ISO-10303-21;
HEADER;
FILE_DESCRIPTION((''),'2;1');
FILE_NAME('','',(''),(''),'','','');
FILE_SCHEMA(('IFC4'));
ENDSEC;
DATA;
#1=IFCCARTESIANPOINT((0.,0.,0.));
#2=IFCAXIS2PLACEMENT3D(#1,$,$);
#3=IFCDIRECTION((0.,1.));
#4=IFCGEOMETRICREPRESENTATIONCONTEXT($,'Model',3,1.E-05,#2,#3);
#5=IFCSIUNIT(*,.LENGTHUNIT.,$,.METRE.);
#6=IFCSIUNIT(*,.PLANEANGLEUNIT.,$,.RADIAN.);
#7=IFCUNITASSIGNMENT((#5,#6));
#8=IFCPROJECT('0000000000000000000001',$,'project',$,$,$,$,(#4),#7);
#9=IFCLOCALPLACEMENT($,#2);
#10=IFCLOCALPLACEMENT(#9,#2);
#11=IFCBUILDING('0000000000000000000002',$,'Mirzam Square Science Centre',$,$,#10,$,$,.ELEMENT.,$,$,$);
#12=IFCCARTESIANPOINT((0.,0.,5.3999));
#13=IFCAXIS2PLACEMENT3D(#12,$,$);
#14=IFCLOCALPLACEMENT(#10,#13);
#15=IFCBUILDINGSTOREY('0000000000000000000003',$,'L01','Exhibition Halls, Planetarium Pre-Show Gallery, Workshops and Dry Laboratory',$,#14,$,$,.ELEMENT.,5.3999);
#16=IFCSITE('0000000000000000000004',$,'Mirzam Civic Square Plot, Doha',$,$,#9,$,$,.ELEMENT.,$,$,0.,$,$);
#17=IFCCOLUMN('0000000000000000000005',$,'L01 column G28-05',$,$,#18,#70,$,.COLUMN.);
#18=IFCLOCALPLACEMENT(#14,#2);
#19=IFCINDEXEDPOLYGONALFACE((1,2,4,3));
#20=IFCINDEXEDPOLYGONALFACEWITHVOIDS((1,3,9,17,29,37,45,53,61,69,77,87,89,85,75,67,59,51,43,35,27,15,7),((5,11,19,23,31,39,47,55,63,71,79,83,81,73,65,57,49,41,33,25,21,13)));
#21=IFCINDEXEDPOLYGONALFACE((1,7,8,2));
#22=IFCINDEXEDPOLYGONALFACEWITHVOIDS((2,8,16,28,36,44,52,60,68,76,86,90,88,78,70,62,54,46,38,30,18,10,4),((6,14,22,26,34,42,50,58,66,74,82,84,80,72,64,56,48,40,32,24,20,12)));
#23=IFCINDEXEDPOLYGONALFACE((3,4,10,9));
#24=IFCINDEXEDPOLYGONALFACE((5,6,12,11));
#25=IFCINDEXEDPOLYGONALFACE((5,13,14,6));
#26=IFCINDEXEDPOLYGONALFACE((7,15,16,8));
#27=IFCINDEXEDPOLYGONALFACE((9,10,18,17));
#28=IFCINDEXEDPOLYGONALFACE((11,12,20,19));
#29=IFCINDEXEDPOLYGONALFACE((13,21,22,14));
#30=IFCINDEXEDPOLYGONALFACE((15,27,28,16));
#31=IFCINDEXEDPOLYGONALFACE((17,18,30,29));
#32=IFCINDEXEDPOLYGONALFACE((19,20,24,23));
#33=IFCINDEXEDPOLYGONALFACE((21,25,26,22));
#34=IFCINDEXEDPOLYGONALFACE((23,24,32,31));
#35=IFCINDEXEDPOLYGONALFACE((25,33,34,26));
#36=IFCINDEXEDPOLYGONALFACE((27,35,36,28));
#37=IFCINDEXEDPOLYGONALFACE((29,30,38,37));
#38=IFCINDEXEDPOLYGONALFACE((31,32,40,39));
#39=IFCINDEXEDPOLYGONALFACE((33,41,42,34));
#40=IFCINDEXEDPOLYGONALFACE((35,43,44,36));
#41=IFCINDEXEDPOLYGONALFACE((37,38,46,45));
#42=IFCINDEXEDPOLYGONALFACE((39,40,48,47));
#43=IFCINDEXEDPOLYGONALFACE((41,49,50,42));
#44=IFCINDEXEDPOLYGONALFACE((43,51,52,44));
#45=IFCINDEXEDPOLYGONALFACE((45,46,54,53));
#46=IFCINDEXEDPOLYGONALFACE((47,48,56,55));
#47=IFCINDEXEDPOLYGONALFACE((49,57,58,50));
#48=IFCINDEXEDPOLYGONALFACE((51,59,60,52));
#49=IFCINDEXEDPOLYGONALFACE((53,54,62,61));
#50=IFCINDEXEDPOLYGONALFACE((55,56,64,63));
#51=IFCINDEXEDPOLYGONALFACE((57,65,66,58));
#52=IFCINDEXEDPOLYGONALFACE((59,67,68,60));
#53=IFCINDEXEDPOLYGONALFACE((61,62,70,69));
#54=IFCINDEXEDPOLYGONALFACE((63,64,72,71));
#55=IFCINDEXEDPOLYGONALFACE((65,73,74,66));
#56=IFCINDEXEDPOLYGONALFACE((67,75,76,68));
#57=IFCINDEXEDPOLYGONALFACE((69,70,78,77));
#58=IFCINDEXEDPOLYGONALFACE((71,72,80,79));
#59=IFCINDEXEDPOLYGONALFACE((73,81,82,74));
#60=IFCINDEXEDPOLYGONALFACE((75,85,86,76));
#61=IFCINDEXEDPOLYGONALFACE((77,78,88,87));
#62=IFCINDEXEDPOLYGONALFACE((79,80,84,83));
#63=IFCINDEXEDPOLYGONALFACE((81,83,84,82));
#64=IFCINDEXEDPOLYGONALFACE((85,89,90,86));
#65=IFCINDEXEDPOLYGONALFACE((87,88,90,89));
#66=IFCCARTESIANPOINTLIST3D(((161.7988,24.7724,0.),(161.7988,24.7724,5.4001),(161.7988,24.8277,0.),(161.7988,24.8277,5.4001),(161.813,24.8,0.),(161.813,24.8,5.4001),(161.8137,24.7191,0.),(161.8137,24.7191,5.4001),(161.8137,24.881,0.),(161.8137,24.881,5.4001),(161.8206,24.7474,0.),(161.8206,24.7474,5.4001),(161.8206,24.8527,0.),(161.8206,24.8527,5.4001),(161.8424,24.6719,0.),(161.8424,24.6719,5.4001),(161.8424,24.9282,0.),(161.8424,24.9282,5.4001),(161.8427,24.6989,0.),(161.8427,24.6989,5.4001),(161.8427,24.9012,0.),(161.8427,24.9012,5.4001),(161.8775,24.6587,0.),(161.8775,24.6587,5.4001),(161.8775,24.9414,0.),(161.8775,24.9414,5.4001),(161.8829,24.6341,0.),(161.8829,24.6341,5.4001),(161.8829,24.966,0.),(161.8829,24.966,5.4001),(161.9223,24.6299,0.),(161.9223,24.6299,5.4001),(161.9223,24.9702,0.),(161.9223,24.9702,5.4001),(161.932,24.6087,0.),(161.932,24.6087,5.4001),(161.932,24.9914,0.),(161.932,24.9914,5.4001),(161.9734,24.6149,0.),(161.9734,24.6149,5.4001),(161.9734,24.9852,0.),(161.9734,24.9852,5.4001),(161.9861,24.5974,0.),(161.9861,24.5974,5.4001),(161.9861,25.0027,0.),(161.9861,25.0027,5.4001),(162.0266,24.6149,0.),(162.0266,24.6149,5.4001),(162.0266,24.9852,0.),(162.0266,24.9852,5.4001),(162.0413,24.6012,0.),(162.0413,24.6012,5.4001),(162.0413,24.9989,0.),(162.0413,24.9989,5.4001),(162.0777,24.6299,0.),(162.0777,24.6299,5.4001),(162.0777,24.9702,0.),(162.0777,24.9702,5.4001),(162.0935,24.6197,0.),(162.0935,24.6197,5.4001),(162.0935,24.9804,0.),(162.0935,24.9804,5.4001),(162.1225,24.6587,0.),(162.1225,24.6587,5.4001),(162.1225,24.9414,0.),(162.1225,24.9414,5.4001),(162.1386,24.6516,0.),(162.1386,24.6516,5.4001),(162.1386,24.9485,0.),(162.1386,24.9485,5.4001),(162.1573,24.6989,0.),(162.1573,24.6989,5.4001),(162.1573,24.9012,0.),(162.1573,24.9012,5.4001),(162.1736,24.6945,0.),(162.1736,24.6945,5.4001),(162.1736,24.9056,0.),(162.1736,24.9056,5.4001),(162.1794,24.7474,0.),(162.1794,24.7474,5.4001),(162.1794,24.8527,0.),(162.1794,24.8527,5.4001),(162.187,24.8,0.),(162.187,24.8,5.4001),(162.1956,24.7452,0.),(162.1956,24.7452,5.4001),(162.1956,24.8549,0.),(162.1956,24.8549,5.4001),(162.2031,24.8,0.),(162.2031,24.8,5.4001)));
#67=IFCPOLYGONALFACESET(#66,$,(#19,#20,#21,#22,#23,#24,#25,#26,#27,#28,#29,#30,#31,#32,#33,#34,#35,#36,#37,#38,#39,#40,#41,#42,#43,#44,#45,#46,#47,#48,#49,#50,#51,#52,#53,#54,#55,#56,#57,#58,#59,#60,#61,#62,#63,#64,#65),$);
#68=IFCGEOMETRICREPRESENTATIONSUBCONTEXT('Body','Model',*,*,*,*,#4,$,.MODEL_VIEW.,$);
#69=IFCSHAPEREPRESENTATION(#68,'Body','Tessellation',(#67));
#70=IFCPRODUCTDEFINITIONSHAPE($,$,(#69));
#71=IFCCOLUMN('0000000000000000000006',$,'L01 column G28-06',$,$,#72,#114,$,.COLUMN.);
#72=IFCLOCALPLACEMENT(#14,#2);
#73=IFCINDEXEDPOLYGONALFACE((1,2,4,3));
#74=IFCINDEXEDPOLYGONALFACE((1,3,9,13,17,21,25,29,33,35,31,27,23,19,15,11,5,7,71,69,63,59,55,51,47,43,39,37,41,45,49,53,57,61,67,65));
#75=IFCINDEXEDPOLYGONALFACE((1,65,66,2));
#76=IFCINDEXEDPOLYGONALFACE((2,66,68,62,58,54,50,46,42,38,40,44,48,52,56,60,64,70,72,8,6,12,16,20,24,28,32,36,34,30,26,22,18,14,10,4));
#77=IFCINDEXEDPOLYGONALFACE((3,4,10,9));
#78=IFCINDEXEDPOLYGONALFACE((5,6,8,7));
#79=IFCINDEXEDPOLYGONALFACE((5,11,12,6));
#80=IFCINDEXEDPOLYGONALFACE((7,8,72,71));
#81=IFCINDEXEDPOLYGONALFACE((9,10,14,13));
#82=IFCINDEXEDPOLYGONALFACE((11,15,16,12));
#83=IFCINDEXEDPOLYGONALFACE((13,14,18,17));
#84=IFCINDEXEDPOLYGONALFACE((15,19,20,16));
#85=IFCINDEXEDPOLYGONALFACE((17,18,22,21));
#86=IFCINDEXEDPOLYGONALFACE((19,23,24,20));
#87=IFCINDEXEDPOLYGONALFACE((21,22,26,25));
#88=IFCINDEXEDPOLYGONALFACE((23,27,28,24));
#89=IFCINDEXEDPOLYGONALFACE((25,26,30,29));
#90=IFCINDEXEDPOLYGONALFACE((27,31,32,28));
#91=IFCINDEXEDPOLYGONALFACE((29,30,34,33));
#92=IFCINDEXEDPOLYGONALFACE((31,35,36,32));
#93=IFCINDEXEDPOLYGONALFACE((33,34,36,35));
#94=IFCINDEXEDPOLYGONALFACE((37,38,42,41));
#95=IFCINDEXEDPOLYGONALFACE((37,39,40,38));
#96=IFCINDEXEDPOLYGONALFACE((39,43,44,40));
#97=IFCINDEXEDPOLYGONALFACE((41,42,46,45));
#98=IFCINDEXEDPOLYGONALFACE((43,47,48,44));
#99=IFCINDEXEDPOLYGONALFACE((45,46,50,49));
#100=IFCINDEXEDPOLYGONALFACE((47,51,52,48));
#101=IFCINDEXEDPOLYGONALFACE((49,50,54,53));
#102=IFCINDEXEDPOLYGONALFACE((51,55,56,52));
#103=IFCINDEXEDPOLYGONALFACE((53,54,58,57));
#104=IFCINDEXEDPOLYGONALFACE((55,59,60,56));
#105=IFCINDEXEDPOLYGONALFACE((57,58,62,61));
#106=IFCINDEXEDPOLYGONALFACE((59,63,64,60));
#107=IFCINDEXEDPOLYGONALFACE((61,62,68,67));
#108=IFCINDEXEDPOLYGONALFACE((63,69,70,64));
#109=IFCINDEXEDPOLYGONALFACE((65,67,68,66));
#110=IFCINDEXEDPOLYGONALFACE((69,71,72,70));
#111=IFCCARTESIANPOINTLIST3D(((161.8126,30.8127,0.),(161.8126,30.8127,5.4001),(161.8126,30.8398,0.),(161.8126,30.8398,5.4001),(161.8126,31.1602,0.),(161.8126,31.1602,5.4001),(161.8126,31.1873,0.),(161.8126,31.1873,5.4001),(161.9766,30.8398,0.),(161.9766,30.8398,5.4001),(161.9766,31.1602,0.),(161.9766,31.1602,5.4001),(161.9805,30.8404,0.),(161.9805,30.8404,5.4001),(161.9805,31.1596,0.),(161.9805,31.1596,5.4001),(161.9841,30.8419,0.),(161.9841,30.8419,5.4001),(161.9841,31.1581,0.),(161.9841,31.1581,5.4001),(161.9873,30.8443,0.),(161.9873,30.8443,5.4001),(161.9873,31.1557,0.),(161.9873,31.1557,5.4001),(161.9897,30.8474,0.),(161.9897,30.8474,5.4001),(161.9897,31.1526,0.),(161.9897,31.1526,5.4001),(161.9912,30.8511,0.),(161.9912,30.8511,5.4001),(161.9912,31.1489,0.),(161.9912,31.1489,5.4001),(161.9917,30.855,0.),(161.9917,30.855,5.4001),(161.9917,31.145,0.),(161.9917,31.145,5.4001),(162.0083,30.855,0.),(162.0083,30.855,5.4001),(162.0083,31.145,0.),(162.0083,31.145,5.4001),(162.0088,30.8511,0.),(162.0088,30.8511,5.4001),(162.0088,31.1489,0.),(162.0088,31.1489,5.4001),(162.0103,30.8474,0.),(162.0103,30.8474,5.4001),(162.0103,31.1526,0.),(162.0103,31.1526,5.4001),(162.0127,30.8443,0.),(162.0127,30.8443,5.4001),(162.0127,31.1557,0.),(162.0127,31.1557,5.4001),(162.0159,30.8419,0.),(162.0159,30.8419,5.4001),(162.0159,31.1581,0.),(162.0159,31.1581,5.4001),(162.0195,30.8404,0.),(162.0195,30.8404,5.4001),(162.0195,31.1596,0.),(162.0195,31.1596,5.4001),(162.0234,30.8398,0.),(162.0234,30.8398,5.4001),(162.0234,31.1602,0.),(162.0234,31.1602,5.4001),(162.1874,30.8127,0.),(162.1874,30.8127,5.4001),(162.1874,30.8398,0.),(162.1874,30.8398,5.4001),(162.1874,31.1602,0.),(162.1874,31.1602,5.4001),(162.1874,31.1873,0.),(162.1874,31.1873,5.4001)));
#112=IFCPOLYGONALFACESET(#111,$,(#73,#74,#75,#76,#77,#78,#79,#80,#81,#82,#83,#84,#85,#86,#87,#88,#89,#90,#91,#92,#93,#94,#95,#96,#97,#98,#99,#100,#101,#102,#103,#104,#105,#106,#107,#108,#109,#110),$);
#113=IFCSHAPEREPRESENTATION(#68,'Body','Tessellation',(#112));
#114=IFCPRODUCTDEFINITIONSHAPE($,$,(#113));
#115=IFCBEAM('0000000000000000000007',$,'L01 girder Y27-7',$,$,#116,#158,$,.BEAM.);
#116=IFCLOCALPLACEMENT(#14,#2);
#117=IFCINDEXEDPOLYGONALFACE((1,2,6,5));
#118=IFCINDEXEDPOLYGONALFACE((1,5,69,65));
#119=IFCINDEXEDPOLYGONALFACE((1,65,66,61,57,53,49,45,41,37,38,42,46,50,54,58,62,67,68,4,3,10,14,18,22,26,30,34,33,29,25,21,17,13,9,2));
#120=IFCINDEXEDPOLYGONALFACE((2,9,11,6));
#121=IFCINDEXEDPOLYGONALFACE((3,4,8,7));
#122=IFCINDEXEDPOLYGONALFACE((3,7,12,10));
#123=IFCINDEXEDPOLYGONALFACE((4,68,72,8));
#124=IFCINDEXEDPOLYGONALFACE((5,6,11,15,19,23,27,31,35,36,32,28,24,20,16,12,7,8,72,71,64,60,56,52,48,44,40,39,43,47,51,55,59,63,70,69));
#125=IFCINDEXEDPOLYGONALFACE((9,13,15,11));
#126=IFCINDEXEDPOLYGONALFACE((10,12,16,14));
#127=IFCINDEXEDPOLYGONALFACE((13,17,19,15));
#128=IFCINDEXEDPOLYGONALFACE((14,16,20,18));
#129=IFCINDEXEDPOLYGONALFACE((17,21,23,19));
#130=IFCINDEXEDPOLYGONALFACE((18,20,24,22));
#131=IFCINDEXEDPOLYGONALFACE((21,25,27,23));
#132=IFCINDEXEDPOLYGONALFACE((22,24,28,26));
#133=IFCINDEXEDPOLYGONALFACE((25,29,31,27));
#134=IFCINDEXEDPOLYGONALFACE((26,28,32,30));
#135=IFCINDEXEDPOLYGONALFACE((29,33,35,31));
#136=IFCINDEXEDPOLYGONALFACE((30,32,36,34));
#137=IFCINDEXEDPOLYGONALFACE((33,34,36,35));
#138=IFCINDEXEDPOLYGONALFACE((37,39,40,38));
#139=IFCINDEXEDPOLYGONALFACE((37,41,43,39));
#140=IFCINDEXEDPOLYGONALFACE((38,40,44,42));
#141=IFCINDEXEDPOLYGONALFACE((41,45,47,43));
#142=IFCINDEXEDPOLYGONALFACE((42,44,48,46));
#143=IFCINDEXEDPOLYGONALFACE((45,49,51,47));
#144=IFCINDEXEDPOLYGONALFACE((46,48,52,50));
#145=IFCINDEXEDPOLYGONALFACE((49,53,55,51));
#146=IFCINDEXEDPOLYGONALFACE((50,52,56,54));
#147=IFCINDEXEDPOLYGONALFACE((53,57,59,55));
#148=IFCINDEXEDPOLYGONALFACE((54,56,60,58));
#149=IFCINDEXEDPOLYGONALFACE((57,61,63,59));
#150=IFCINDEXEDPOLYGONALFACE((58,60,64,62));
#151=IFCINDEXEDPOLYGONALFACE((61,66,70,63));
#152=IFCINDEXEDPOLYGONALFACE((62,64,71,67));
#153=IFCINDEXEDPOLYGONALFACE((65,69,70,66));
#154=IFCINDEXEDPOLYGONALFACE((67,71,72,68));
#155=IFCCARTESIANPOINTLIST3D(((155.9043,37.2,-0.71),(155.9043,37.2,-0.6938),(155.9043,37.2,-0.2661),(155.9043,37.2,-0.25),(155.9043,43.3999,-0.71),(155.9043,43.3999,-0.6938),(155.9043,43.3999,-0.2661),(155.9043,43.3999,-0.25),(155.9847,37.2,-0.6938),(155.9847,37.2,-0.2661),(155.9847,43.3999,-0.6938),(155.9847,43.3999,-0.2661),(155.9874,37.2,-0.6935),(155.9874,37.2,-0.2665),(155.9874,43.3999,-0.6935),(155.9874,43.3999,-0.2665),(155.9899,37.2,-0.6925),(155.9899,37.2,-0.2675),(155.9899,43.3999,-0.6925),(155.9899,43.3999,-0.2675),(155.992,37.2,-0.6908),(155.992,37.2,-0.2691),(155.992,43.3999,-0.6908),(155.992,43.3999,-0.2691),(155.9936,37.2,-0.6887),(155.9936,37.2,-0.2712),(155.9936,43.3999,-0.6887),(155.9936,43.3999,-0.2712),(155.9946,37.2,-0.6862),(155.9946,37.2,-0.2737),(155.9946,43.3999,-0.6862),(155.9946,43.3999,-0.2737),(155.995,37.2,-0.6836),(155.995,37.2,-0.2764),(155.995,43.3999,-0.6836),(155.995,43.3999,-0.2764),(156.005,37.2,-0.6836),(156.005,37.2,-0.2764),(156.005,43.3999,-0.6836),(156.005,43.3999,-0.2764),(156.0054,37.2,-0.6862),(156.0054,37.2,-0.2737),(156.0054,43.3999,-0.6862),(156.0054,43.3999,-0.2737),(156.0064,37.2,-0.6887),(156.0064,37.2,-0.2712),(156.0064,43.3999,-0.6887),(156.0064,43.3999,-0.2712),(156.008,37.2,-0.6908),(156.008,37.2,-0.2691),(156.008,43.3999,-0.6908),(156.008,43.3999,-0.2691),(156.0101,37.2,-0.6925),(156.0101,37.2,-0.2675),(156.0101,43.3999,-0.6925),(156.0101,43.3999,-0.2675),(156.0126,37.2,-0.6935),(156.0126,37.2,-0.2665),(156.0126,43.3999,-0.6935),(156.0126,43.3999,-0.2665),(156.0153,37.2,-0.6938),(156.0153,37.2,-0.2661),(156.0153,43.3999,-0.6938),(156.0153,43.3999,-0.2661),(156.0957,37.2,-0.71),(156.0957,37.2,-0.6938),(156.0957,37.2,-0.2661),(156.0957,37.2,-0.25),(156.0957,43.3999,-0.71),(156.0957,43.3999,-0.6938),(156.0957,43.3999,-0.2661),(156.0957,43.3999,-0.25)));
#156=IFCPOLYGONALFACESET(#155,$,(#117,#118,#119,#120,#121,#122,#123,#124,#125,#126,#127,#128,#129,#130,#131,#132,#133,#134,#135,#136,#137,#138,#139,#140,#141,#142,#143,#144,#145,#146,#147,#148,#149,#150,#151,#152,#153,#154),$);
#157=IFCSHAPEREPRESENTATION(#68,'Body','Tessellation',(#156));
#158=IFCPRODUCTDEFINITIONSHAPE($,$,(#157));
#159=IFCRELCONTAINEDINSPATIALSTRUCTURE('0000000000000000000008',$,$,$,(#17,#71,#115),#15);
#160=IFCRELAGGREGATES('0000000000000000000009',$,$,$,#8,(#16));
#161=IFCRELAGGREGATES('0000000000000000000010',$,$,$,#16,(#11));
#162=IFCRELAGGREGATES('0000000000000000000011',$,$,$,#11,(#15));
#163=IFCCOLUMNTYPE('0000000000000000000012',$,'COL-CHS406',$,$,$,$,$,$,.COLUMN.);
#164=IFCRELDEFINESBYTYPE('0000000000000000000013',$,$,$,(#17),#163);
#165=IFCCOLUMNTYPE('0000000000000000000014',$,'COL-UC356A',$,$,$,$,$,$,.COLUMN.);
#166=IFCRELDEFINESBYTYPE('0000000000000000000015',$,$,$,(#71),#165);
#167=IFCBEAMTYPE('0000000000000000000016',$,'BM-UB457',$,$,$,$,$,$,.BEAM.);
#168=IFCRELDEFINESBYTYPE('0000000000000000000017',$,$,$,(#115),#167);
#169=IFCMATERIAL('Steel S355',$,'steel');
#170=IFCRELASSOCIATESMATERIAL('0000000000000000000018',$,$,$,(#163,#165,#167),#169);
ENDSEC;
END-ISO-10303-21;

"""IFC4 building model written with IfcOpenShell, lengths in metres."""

from ifc_helpers import new_model, si_unit, direction, frame, origin, origin_2d, place, context, subcontext, project, spatial, hollow_circle, i_section, extrude, material, material_profile, profile_set, type_object, element, save


model = new_model("IFC4")

# Units and contexts
model_context = context("Model", 3, precision=1e-05, world=origin(), true_north=direction((0.0, 1.0)))
body_context = subcontext(model_context, "Body", "Model", "MODEL_VIEW")
ifc_project = project(units=[si_unit("LENGTHUNIT", "METRE"), si_unit("PLANEANGLEUNIT", "RADIAN")], contexts=[model_context])

# Site, building, storey
site_placement = place(None, origin())
site = spatial("IfcSite", under=ifc_project, at=site_placement, Name="Mirzam Civic Square Plot, Doha", CompositionType="ELEMENT", RefElevation=0.0)
building_placement = place(site_placement, origin())
building = spatial("IfcBuilding", under=site, at=building_placement, Name="Mirzam Square Science Centre", CompositionType="ELEMENT")
storey_placement = place(building_placement, frame((0.0, 0.0, 5.3999)))
storey = spatial("IfcBuildingStorey", under=building, at=storey_placement, Name="L01", Description="Exhibition Halls, Planetarium Pre-Show Gallery, Workshops and Dry Laboratory", CompositionType="ELEMENT", Elevation=5.3999)

# Columns
ifc_material_1 = material(Name="Steel S355", Category="steel")
ifc_material_profile_1 = material_profile(ifc_material_1, hollow_circle(Radius=0.2031, WallThickness=0.0161, at=origin_2d()), Name="406.4x16.0CHS")
ifc_profile_set_1 = profile_set([ifc_material_profile_1], Name="Steel S355")
column_type_1 = type_object("IfcColumnType", Name="COL-CHS406", PredefinedType="COLUMN", material=ifc_profile_set_1)
for number, where, z_axis, x_axis, name in (
    (1, (162.0, 24.8, 0.0), (0.0, 0.0, 1.0), (1.0, 0.0, 0.0), "L01 column G28-05"),
):
    element("IfcColumn", number, at=place(storey_placement, frame(where, z_axis=z_axis, x_axis=x_axis)), inside=storey, type_object=column_type_1, Name=name, PredefinedType="COLUMN", context=body_context, shape_type="SweptSolid", body=[
        extrude(hollow_circle(Radius=0.2031, WallThickness=0.0161, at=origin_2d()), origin(), (0.0, 0.0, 1.0), 5.4001),
    ])
ifc_material_profile_2 = material_profile(ifc_material_1, i_section(OverallWidth=0.3748, OverallDepth=0.3745, WebThickness=0.0166, FlangeThickness=0.0271, FilletRadius=0.0151, at=origin_2d()), Name="356x368x202UC")
ifc_profile_set_2 = profile_set([ifc_material_profile_2], Name="Steel S355")
column_type_2 = type_object("IfcColumnType", Name="COL-UC356A", PredefinedType="COLUMN", material=ifc_profile_set_2)
column_placement = place(storey_placement, frame((162.0, 31.0, 0.0), z_axis=(0.0, 0.0, 1.0), x_axis=(1.0, 0.0, 0.0)))
element("IfcColumn", 2, at=column_placement, inside=storey, type_object=column_type_2, Name="L01 column G28-06", PredefinedType="COLUMN", context=body_context, shape_type="SweptSolid", body=[
    extrude(i_section(OverallWidth=0.3748, OverallDepth=0.3745, WebThickness=0.0166, FlangeThickness=0.0271, FilletRadius=0.0151, at=origin_2d()), origin(), (0.0, 0.0, 1.0), 5.4001),
])

# Beam
ifc_material_profile_3 = material_profile(ifc_material_1, i_section(OverallWidth=0.1914, OverallDepth=0.46, WebThickness=0.01, FlangeThickness=0.0161, FilletRadius=0.0103, at=origin_2d()), Name="457x191x82UB")
ifc_profile_set_3 = profile_set([ifc_material_profile_3], Name="Steel S355")
beam_type_1 = type_object("IfcBeamType", Name="BM-UB457", PredefinedType="BEAM", material=ifc_profile_set_3)
beam_1_placement = place(storey_placement, frame((156.0, 37.2, -0.48), z_axis=(0.0, 1.0, 0.0), x_axis=(-1.0, 0.0, 0.0)))
element("IfcBeam", 3, at=beam_1_placement, inside=storey, type_object=beam_type_1, Name="L01 girder Y27-7", PredefinedType="BEAM", context=body_context, shape_type="SweptSolid", body=[
    extrude(i_section(OverallWidth=0.1914, OverallDepth=0.46, WebThickness=0.01, FlangeThickness=0.0161, FilletRadius=0.0103, at=origin_2d()), origin(), (0.0, 0.0, 1.0), 6.2),
])

save(model, "model.ifc")
